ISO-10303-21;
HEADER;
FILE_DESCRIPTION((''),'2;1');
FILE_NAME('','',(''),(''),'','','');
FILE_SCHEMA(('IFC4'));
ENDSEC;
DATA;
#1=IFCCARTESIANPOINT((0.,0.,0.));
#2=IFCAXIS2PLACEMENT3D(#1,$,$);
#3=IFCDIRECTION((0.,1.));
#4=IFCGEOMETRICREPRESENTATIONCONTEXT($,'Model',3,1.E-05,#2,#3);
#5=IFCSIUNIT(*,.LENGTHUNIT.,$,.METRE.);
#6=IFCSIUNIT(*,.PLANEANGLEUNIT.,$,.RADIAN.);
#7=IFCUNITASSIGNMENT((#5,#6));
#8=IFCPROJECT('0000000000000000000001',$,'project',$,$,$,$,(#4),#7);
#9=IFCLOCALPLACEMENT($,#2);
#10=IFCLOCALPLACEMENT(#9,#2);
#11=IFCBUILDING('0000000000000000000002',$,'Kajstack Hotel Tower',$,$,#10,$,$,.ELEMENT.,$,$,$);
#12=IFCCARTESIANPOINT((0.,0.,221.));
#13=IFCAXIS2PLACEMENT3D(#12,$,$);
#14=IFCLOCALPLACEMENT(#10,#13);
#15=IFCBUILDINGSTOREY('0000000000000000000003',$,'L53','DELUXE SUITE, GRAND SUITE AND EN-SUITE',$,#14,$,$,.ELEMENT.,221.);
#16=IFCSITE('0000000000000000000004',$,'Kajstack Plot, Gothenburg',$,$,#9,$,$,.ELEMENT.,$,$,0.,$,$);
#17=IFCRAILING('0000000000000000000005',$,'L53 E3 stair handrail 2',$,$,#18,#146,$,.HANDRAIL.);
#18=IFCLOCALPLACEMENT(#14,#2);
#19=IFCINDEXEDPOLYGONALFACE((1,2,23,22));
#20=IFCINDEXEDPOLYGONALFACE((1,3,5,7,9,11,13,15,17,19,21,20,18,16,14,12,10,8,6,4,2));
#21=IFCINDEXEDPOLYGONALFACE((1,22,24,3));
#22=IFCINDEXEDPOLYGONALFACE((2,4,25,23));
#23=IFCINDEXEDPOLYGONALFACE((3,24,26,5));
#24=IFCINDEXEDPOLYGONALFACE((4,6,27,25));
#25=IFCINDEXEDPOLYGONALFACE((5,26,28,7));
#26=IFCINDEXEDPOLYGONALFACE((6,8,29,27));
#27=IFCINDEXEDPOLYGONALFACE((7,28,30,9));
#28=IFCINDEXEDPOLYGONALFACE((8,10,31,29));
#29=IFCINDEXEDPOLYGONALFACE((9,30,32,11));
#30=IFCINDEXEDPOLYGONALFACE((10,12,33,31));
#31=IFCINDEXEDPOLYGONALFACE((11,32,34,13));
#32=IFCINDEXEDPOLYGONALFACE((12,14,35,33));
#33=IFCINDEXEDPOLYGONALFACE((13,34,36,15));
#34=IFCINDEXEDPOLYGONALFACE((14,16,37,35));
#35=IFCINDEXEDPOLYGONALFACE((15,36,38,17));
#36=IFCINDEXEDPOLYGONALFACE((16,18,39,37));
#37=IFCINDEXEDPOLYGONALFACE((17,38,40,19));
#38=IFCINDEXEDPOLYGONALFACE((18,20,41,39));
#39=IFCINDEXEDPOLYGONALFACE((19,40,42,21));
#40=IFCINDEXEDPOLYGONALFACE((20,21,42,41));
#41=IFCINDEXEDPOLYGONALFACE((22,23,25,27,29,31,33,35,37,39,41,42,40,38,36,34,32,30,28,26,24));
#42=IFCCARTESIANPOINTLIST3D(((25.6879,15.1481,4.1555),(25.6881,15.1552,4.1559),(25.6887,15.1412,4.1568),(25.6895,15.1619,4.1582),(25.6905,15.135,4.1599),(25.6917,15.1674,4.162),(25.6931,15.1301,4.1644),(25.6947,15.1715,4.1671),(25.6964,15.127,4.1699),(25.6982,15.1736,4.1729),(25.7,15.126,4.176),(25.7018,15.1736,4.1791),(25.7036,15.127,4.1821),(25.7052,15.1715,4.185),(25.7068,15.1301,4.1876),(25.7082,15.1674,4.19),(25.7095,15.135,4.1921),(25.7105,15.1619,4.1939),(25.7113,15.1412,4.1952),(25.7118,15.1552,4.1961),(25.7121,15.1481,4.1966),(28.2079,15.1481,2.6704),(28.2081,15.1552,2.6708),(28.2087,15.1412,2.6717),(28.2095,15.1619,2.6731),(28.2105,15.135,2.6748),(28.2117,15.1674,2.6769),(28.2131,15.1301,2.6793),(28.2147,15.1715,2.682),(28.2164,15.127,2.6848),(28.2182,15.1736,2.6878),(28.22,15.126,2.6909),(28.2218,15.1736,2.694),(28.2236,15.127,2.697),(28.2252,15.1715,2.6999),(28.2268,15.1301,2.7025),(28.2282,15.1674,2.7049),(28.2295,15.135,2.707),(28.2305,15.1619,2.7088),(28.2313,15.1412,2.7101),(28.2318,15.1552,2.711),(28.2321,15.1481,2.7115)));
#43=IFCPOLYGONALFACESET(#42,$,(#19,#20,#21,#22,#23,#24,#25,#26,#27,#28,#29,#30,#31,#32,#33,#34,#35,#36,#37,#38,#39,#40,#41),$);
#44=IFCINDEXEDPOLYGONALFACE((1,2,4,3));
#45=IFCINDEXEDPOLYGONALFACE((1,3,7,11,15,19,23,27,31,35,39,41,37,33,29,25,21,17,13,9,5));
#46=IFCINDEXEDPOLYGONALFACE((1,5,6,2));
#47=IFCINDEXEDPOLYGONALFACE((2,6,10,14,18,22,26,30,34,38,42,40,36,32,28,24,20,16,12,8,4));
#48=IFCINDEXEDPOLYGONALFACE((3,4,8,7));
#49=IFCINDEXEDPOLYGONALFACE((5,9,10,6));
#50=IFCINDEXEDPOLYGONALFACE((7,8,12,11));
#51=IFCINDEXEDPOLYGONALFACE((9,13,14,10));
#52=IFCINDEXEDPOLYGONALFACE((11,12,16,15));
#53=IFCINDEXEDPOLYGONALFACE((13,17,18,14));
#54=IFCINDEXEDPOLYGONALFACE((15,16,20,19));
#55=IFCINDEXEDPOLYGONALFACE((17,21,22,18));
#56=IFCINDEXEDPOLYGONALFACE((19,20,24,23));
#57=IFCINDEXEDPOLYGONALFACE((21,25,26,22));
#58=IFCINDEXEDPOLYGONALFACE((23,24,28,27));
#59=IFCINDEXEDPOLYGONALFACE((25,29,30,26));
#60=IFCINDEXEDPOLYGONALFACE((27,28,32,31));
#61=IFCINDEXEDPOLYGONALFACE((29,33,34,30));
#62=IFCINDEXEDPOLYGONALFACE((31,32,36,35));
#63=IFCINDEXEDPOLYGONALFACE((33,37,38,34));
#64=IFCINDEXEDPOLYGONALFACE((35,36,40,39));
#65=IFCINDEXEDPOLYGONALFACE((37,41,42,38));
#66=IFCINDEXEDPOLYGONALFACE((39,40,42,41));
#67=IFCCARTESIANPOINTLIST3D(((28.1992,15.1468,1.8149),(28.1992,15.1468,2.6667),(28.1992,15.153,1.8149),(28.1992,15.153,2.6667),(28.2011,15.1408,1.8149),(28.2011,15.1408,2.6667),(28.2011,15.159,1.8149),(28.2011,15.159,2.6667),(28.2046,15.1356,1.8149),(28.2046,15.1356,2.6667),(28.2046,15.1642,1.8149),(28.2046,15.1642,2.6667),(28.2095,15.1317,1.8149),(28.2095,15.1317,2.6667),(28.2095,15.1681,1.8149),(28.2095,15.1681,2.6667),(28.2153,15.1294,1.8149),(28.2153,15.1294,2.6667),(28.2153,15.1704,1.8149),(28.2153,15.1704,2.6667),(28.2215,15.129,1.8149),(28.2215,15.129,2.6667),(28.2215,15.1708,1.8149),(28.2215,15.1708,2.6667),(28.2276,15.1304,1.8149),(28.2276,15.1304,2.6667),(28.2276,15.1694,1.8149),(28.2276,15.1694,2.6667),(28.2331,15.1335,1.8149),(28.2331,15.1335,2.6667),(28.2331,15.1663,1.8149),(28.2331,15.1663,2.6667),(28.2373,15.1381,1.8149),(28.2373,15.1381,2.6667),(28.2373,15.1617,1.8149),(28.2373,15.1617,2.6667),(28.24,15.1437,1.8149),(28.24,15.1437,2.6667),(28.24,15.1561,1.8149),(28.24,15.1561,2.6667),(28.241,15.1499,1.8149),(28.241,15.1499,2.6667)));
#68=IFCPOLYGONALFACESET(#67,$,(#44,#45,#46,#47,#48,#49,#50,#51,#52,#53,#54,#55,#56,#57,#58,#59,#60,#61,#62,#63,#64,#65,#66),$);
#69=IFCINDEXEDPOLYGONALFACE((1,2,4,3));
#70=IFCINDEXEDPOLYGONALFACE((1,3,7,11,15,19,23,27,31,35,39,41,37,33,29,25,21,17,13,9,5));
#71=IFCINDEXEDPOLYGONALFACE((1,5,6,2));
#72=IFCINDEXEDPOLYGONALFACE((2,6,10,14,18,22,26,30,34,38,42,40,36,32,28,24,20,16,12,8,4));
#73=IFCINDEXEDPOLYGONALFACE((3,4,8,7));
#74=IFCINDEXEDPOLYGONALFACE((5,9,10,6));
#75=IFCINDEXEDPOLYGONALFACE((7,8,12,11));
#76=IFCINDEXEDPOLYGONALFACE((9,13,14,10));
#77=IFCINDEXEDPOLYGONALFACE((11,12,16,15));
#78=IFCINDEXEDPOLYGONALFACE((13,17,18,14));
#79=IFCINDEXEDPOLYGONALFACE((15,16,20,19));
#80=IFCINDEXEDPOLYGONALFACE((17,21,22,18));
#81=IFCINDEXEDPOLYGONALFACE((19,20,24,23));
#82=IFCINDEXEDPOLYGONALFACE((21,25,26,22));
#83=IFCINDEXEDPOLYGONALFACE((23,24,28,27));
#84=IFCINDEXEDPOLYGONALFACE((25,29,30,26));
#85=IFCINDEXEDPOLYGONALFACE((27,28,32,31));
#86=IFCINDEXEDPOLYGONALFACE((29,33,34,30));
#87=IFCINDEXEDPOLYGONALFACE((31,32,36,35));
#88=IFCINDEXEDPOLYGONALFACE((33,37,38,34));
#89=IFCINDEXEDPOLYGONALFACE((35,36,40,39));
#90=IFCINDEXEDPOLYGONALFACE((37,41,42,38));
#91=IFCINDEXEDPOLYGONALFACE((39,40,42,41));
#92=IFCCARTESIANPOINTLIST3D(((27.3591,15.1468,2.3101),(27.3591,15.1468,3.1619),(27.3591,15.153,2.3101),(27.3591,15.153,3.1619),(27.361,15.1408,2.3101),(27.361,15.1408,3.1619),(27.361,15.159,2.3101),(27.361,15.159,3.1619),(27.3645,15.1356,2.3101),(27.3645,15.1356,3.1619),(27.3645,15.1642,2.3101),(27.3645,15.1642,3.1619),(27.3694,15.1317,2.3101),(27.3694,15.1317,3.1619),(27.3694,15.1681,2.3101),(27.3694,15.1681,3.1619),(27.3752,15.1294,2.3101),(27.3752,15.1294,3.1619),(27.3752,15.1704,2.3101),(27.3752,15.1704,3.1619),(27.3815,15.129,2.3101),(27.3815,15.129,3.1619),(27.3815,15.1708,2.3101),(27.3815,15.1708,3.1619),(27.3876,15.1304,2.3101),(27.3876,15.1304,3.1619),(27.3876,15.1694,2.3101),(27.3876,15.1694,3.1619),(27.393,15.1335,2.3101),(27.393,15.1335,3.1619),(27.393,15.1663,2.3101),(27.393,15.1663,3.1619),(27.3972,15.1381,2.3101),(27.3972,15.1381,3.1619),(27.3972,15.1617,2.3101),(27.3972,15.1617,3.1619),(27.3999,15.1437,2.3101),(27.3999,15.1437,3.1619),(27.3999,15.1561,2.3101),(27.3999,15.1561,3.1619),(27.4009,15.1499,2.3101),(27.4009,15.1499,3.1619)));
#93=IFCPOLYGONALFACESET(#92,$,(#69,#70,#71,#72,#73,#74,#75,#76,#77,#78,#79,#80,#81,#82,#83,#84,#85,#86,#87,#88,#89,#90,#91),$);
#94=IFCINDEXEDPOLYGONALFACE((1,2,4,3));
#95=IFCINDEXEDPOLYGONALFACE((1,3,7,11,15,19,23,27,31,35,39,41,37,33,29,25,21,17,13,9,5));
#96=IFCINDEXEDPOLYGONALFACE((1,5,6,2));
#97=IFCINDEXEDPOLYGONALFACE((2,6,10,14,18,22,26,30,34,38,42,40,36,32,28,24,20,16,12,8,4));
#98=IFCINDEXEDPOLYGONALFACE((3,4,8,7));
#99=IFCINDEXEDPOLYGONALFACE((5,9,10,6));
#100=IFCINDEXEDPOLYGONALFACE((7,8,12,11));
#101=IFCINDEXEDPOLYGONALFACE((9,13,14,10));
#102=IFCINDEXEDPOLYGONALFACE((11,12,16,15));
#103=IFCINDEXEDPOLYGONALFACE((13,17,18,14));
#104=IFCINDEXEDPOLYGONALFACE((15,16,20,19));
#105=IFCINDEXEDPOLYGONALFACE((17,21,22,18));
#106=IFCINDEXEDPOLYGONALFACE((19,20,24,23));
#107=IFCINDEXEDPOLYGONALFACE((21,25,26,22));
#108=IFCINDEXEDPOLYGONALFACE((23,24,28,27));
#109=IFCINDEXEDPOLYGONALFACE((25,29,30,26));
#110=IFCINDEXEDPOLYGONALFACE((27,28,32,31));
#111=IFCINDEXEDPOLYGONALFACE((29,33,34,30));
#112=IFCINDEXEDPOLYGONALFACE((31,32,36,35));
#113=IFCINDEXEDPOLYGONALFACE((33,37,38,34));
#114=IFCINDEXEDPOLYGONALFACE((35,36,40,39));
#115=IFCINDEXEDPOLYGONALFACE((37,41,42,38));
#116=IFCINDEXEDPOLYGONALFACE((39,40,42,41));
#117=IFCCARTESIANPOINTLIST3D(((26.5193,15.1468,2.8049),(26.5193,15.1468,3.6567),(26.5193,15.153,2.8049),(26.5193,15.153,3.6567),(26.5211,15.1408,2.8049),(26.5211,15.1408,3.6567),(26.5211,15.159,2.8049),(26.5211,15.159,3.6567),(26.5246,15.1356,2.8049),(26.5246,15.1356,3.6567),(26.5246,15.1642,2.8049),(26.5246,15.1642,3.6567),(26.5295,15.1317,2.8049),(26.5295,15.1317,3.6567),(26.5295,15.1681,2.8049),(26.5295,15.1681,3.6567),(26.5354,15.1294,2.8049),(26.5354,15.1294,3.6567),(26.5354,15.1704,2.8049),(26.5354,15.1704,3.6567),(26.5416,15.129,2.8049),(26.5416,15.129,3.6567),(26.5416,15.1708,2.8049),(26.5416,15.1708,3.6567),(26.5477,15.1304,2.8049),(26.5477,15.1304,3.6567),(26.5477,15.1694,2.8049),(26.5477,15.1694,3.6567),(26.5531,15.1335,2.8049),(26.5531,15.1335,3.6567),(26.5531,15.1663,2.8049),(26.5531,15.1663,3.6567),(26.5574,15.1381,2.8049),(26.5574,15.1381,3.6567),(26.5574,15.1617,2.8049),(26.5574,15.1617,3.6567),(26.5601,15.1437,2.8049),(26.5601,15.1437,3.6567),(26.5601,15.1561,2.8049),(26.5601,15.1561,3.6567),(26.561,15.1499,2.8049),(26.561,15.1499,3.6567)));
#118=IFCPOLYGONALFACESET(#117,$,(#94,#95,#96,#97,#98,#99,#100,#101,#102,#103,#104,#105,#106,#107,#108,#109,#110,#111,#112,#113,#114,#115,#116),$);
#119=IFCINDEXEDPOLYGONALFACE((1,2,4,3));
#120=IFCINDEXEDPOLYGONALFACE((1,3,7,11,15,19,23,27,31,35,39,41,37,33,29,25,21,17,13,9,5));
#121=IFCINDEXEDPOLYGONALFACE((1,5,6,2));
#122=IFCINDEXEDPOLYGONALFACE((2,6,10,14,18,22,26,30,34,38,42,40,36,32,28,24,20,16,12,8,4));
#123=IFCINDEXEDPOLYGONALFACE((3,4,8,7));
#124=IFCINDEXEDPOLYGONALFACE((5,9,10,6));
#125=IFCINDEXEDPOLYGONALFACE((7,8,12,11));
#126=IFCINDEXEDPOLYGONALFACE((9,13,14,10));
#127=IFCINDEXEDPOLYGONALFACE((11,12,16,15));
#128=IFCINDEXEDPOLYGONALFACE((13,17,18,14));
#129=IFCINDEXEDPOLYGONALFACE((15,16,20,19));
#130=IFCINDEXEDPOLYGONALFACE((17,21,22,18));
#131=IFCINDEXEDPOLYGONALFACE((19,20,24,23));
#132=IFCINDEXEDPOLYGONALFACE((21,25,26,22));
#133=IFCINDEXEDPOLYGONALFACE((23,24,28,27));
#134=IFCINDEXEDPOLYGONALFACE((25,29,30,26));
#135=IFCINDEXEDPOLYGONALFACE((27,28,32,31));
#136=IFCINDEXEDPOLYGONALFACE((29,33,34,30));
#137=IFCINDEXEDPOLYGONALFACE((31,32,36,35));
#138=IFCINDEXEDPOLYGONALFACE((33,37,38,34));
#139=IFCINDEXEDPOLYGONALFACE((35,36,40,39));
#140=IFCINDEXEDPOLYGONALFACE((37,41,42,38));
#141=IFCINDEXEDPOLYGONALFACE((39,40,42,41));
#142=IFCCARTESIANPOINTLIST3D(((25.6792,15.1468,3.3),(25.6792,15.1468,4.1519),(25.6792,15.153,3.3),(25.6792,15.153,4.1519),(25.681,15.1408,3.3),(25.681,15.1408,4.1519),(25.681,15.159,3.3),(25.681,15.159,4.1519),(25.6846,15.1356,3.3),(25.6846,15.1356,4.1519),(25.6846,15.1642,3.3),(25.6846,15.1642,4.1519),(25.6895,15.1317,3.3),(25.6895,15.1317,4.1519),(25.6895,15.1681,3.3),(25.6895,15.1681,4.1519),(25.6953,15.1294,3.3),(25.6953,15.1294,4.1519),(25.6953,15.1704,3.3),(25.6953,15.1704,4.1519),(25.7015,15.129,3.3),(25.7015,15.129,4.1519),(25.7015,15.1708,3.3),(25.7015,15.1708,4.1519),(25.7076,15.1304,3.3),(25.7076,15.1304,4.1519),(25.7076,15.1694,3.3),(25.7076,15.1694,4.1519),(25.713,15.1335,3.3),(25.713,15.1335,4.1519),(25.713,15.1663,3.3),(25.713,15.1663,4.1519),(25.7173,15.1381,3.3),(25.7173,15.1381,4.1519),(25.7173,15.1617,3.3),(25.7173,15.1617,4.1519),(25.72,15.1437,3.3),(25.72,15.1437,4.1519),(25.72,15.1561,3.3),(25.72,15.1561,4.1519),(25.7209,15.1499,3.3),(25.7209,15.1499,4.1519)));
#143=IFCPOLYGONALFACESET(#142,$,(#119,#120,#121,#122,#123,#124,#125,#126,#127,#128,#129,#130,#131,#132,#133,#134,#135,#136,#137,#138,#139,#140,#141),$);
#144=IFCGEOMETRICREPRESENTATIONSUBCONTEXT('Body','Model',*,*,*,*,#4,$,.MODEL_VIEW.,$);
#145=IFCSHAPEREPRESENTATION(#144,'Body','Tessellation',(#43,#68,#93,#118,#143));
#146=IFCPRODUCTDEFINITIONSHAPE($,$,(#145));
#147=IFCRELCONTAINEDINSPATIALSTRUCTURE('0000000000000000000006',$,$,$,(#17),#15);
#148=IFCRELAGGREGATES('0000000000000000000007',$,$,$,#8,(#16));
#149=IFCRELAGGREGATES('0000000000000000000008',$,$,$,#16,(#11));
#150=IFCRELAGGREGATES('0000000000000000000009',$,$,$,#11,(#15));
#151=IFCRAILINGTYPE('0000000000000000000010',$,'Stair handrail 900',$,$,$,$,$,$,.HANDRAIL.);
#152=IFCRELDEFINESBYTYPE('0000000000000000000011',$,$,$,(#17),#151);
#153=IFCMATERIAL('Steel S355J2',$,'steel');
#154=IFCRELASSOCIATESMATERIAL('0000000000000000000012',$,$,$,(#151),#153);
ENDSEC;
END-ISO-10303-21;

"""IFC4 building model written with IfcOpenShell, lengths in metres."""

from ifc_helpers import new_model, si_unit, direction, frame, origin, origin_2d, place, context, subcontext, project, spatial, circle, extrude, material, type_object, element, save


model = new_model("IFC4")

# Units and contexts
model_context = context("Model", 3, precision=1e-05, world=origin(), true_north=direction((0.0, 1.0)))
body_context = subcontext(model_context, "Body", "Model", "MODEL_VIEW")
ifc_project = project(units=[si_unit("LENGTHUNIT", "METRE"), si_unit("PLANEANGLEUNIT", "RADIAN")], contexts=[model_context])

# Site, building, storey
site_placement = place(None, origin())
site = spatial("IfcSite", under=ifc_project, at=site_placement, Name="Kajstack Plot, Gothenburg", CompositionType="ELEMENT", RefElevation=0.0)
building_placement = place(site_placement, origin())
building = spatial("IfcBuilding", under=site, at=building_placement, Name="Kajstack Hotel Tower", CompositionType="ELEMENT")
storey_placement = place(building_placement, frame((0.0, 0.0, 221.0)))
storey = spatial("IfcBuildingStorey", under=building, at=storey_placement, Name="L53", Description="DELUXE SUITE, GRAND SUITE AND EN-SUITE", CompositionType="ELEMENT", Elevation=221.0)

# Railing
ifc_material_1 = material(Name="Steel S355J2", Category="steel")
railing_type_1 = type_object("IfcRailingType", Name="Stair handrail 900", PredefinedType="HANDRAIL", material=ifc_material_1)
railing_1_placement = place(storey_placement, frame((28.22, 15.1499, 1.8149)))
element("IfcRailing", 1, at=railing_1_placement, inside=storey, type_object=railing_type_1, Name="L53 E3 stair handrail 2", PredefinedType="HANDRAIL", context=body_context, shape_type="SweptSolid", body=[
    extrude(circle(Radius=0.0239, at=origin_2d()), frame((0.0, 0.0, 0.876), z_axis=(-0.861524, 0.0, 0.507717), x_axis=(0.0, -1.0, 0.0)), (0.0, 0.0, 1.0), 2.925),
    extrude(circle(Radius=0.021, at=origin_2d()), origin(), (0.0, 0.0, 1.0), 0.8518),
    extrude(circle(Radius=0.021, at=origin_2d()), frame((-0.8401, 0.0, 0.4951)), (0.0, 0.0, 1.0), 0.8518),
    extrude(circle(Radius=0.021, at=origin_2d()), frame((-1.6799, 0.0, 0.99)), (0.0, 0.0, 1.0), 0.8518),
    extrude(circle(Radius=0.021, at=origin_2d()), frame((-2.52, 0.0, 1.4851)), (0.0, 0.0, 1.0), 0.8518),
])

save(model, "model.ifc")
